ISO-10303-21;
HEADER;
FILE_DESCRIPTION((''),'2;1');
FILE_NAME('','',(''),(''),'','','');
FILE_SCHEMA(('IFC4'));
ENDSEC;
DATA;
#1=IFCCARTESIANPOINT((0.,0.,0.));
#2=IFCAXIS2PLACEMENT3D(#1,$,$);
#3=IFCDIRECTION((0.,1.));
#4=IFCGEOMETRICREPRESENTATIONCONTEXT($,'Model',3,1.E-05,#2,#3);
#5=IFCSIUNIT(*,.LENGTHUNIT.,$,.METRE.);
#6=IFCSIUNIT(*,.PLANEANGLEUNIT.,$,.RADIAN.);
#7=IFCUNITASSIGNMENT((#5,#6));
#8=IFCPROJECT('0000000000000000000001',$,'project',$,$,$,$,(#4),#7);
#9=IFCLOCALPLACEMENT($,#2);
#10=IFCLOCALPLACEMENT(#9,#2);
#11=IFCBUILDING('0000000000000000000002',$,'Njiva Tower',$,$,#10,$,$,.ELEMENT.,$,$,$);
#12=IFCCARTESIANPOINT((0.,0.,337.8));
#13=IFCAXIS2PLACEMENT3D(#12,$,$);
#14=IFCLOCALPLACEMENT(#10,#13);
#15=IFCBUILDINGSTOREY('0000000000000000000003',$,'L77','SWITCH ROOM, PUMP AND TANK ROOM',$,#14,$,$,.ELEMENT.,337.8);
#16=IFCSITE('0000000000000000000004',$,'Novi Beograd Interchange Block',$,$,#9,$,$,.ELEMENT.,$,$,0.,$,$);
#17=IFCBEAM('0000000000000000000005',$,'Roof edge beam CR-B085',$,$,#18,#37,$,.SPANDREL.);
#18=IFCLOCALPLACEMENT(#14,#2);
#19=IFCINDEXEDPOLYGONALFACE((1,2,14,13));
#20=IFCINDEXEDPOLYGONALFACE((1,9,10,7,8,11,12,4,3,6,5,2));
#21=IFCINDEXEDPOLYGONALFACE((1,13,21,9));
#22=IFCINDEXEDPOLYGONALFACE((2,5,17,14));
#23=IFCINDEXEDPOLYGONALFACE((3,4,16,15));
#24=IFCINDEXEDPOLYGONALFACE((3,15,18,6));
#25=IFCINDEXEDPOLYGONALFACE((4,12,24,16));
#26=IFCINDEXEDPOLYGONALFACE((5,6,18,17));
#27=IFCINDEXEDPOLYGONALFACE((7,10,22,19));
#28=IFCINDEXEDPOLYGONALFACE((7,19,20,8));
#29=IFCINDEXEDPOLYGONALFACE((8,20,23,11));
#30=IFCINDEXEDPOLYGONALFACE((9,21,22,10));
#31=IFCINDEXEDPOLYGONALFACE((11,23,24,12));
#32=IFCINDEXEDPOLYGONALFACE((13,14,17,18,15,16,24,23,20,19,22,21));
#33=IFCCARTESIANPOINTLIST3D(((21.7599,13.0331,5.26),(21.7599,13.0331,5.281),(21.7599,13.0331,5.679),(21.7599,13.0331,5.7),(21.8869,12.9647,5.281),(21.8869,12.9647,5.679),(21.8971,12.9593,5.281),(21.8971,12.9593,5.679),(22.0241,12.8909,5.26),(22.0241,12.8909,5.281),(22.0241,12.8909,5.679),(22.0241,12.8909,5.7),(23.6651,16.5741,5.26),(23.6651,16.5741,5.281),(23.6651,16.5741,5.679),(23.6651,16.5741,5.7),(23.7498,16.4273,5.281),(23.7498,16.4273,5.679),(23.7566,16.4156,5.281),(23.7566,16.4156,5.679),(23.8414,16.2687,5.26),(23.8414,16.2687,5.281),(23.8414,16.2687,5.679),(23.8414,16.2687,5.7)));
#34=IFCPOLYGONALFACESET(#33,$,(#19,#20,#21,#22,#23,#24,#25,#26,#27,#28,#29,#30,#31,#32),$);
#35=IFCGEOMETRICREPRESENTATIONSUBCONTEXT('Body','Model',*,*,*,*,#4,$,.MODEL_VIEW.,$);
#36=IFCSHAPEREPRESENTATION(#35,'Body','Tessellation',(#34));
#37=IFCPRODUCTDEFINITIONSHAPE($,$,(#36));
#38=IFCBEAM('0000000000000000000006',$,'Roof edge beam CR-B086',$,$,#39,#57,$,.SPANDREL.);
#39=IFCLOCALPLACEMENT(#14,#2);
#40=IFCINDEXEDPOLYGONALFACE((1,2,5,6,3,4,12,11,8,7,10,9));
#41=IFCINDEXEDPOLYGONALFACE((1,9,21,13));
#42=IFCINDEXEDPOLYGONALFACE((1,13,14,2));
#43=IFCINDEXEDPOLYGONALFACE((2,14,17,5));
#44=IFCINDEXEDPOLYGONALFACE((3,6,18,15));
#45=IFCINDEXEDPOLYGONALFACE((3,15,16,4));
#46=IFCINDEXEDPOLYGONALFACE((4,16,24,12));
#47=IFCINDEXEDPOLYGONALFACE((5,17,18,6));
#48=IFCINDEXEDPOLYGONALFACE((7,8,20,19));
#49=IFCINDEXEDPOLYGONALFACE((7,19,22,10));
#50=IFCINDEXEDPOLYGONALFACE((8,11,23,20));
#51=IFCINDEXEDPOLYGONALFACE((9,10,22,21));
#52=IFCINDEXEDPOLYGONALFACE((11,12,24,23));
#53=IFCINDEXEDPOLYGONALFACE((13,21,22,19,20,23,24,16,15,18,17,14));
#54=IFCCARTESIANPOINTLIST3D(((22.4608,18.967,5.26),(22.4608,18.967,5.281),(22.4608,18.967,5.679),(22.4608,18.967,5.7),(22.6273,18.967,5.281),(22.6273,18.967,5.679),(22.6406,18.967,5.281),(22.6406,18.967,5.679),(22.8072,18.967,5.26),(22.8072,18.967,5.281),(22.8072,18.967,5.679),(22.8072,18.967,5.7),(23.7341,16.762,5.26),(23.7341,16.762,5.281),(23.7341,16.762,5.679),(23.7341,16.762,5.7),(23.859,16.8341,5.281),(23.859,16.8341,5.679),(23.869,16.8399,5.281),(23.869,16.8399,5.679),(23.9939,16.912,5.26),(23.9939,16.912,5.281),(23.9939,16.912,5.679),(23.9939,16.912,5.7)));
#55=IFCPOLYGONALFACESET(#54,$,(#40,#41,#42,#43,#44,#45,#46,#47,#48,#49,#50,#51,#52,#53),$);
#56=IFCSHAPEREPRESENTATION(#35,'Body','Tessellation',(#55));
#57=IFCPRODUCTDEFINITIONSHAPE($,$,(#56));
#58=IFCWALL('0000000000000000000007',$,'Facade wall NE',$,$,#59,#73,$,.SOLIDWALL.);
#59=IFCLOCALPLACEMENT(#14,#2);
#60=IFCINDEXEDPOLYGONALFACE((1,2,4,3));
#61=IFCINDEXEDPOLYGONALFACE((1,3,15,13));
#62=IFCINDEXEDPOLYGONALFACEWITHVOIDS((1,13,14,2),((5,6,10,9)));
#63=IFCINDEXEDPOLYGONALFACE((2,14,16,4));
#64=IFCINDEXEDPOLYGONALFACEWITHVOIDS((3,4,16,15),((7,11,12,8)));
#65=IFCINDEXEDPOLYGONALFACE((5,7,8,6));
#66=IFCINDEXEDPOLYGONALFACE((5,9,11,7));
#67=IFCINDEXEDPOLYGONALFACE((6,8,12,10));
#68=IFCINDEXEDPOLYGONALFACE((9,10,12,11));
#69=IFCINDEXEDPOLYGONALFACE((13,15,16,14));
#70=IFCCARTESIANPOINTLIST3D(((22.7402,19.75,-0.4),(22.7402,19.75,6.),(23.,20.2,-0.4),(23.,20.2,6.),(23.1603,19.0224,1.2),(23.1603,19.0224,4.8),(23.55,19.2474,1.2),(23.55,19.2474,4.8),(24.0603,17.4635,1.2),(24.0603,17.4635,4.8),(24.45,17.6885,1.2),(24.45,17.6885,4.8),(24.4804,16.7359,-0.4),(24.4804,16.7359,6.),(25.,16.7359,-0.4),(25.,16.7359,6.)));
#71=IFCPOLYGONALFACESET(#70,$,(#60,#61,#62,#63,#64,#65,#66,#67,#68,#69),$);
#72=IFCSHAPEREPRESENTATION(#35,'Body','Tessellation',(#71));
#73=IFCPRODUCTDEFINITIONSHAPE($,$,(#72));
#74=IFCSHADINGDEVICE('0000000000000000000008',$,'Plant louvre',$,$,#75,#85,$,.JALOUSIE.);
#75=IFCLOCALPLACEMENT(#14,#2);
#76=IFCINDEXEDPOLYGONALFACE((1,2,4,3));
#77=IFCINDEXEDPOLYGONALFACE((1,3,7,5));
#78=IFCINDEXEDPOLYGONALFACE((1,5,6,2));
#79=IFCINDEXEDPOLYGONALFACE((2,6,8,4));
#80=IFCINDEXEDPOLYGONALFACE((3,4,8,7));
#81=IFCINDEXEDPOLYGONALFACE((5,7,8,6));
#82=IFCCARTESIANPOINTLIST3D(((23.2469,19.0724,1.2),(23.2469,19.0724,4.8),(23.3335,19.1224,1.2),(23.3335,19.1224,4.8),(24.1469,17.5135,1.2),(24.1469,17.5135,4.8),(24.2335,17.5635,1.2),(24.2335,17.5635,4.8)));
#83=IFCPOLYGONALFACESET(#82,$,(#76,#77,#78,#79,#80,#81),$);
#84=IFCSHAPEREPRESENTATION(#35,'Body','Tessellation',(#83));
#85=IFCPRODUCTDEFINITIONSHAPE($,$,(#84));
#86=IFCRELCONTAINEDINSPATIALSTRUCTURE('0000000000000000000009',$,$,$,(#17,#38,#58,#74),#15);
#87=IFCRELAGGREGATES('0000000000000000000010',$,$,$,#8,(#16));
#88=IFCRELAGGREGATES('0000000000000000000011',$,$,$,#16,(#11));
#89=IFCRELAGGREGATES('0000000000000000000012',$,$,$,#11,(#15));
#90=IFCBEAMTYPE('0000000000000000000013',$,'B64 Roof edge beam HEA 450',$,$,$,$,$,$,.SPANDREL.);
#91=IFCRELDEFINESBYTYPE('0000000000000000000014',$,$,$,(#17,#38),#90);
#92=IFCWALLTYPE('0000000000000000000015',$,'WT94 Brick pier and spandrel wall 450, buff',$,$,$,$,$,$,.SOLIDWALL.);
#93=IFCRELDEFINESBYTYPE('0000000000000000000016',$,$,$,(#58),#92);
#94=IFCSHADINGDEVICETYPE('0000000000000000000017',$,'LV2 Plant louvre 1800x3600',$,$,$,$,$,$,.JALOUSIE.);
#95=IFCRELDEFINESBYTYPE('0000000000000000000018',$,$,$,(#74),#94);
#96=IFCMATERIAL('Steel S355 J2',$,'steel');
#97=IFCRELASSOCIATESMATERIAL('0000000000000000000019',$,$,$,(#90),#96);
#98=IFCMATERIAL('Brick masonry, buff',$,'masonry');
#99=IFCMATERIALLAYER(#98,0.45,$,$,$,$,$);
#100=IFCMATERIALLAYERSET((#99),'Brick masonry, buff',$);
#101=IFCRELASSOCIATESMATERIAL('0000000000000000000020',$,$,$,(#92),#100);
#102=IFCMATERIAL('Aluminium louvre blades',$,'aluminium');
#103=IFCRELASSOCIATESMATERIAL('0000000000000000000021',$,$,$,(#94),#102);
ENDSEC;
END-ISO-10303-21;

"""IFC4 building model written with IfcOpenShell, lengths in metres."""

from ifc_helpers import new_model, si_unit, direction, frame, frame_2d, origin, origin_2d, place, context, subcontext, project, spatial, polyline, rectangle, i_section, outline, extrude, clip, halfspace, material, layer, layer_set, material_profile, profile_set, type_object, element, fill, save


model = new_model("IFC4")

# Units and contexts
model_context = context("Model", 3, precision=1e-05, world=origin(), true_north=direction((0.0, 1.0)))
body_context = subcontext(model_context, "Body", "Model", "MODEL_VIEW")
ifc_project = project(units=[si_unit("LENGTHUNIT", "METRE"), si_unit("PLANEANGLEUNIT", "RADIAN")], contexts=[model_context])

# Site, building, storey
site_placement = place(None, origin())
site = spatial("IfcSite", under=ifc_project, at=site_placement, Name="Novi Beograd Interchange Block", CompositionType="ELEMENT", RefElevation=0.0)
building_placement = place(site_placement, origin())
building = spatial("IfcBuilding", under=site, at=building_placement, Name="Njiva Tower", CompositionType="ELEMENT")
storey_placement = place(building_placement, frame((0.0, 0.0, 337.8)))
storey = spatial("IfcBuildingStorey", under=building, at=storey_placement, Name="L77", Description="SWITCH ROOM, PUMP AND TANK ROOM", CompositionType="ELEMENT", Elevation=337.8)

# Shared definitions
ifc_material_1 = material(Name="Steel S355 J2", Category="steel")

# Beams
ifc_material_profile_1 = material_profile(ifc_material_1, i_section(OverallWidth=0.3, OverallDepth=0.44, WebThickness=0.0115, FlangeThickness=0.021, at=origin_2d()), Name="HEA 450")
ifc_profile_set_1 = profile_set([ifc_material_profile_1], Name="Steel S355 J2")
beam_type_1 = type_object("IfcBeamType", Name="B64 Roof edge beam HEA 450", PredefinedType="SPANDREL", material=ifc_profile_set_1)
beam_1_placement = place(storey_placement, frame((21.892, 12.962, 5.48), z_axis=(0.473796, 0.880635, 0.0), x_axis=(-0.880635, 0.473796, 0.0)))
element("IfcBeam", 1, at=beam_1_placement, inside=storey, type_object=beam_type_1, Name="Roof edge beam CR-B085", PredefinedType="SPANDREL", context=body_context, shape_type="Clipping", body=[
    clip(extrude(i_section(OverallWidth=0.3, OverallDepth=0.44, WebThickness=0.0115, FlangeThickness=0.021, at=origin_2d()), origin(), (0.0, 0.0, 1.0), 4.0408), halfspace(frame((-0.0264, 0.0, 3.912), z_axis=(-0.525756, 0.0, 0.850636), x_axis=(0.0, 1.0, 0.0)), False)),
])
beam_2_placement = place(storey_placement, frame((23.864, 16.837, 5.48), z_axis=(-0.500074, 0.865982, 0.0), x_axis=(-0.865982, -0.500074, 0.0)))
element("IfcBeam", 2, at=beam_2_placement, inside=storey, type_object=beam_type_1, Name="Roof edge beam CR-B086", PredefinedType="SPANDREL", context=body_context, shape_type="Clipping", body=[
    clip(extrude(i_section(OverallWidth=0.3, OverallDepth=0.44, WebThickness=0.0115, FlangeThickness=0.021, at=origin_2d()), origin(), (0.0, 0.0, 1.0), 2.5666), halfspace(frame((-0.0254, 0.0, 2.445), z_axis=(-0.500074, 0.0, 0.865982), x_axis=(0.0, 1.0, 0.0)), False)),
])

# Shared definitions
ifc_material_2 = material(Name="Aluminium louvre blades", Category="aluminium")

# Wall, opening, shading device
ifc_material_3 = material(Name="Brick masonry, buff", Category="masonry")
ifc_layer_1 = layer(ifc_material_3, 0.45)
ifc_layer_set_1 = layer_set([ifc_layer_1], Name="Brick masonry, buff")
wall_type_1 = type_object("IfcWallType", Name="WT94 Brick pier and spandrel wall 450, buff", PredefinedType="SOLIDWALL", material=ifc_layer_set_1)
wall_1_placement = place(storey_placement, frame((24.7402, 16.7359, -0.4), z_axis=(0.0, 0.0, 1.0), x_axis=(-0.500001, 0.866025, 0.0)))
wall_1 = element("IfcWall", 3, at=wall_1_placement, inside=storey, type_object=wall_type_1, Name="Facade wall NE", PredefinedType="SOLIDWALL", context=body_context, shape_type="SweptSolid", body=[
    extrude(outline(polyline([(-0.1299, -0.225), (3.8701, -0.225), (3.6103, 0.225), (0.1299, 0.225), (-0.1299, -0.225)])), origin(), (0.0, 0.0, 1.0), 6.4),
])
opening_1_placement = place(wall_1_placement, frame((0.9701, 0.0, 1.6)))
opening_1 = element("IfcOpeningElement", 4, at=opening_1_placement, cuts=wall_1, PredefinedType="OPENING", context=body_context, shape_type="SweptSolid", body=[
    extrude(rectangle(XDim=1.8, YDim=3.6, at=frame_2d((0.9, 1.8))), frame((0.0, 0.235, 0.0), z_axis=(0.0, -1.0, 0.0), x_axis=(1.0, 0.0, 0.0)), (0.0, 0.0, 1.0), 0.47),
])
shading_device_type_1 = type_object("IfcShadingDeviceType", Name="LV2 Plant louvre 1800x3600", PredefinedType="JALOUSIE", material=ifc_material_2)
shading_device_1_placement = place(opening_1_placement, origin())
shading_device_1 = element("IfcShadingDevice", 5, at=shading_device_1_placement, inside=storey, type_object=shading_device_type_1, Name="Plant louvre", PredefinedType="JALOUSIE", context=body_context, shape_type="SweptSolid", body=[
    extrude(rectangle(XDim=1.8, YDim=3.6, at=frame_2d((0.9, 1.8))), frame((0.0, 0.125, 0.0), z_axis=(0.0, -1.0, 0.0), x_axis=(1.0, 0.0, 0.0)), (0.0, 0.0, 1.0), 0.1),
])
fill(opening_1, shading_device_1)

save(model, "model.ifc")
